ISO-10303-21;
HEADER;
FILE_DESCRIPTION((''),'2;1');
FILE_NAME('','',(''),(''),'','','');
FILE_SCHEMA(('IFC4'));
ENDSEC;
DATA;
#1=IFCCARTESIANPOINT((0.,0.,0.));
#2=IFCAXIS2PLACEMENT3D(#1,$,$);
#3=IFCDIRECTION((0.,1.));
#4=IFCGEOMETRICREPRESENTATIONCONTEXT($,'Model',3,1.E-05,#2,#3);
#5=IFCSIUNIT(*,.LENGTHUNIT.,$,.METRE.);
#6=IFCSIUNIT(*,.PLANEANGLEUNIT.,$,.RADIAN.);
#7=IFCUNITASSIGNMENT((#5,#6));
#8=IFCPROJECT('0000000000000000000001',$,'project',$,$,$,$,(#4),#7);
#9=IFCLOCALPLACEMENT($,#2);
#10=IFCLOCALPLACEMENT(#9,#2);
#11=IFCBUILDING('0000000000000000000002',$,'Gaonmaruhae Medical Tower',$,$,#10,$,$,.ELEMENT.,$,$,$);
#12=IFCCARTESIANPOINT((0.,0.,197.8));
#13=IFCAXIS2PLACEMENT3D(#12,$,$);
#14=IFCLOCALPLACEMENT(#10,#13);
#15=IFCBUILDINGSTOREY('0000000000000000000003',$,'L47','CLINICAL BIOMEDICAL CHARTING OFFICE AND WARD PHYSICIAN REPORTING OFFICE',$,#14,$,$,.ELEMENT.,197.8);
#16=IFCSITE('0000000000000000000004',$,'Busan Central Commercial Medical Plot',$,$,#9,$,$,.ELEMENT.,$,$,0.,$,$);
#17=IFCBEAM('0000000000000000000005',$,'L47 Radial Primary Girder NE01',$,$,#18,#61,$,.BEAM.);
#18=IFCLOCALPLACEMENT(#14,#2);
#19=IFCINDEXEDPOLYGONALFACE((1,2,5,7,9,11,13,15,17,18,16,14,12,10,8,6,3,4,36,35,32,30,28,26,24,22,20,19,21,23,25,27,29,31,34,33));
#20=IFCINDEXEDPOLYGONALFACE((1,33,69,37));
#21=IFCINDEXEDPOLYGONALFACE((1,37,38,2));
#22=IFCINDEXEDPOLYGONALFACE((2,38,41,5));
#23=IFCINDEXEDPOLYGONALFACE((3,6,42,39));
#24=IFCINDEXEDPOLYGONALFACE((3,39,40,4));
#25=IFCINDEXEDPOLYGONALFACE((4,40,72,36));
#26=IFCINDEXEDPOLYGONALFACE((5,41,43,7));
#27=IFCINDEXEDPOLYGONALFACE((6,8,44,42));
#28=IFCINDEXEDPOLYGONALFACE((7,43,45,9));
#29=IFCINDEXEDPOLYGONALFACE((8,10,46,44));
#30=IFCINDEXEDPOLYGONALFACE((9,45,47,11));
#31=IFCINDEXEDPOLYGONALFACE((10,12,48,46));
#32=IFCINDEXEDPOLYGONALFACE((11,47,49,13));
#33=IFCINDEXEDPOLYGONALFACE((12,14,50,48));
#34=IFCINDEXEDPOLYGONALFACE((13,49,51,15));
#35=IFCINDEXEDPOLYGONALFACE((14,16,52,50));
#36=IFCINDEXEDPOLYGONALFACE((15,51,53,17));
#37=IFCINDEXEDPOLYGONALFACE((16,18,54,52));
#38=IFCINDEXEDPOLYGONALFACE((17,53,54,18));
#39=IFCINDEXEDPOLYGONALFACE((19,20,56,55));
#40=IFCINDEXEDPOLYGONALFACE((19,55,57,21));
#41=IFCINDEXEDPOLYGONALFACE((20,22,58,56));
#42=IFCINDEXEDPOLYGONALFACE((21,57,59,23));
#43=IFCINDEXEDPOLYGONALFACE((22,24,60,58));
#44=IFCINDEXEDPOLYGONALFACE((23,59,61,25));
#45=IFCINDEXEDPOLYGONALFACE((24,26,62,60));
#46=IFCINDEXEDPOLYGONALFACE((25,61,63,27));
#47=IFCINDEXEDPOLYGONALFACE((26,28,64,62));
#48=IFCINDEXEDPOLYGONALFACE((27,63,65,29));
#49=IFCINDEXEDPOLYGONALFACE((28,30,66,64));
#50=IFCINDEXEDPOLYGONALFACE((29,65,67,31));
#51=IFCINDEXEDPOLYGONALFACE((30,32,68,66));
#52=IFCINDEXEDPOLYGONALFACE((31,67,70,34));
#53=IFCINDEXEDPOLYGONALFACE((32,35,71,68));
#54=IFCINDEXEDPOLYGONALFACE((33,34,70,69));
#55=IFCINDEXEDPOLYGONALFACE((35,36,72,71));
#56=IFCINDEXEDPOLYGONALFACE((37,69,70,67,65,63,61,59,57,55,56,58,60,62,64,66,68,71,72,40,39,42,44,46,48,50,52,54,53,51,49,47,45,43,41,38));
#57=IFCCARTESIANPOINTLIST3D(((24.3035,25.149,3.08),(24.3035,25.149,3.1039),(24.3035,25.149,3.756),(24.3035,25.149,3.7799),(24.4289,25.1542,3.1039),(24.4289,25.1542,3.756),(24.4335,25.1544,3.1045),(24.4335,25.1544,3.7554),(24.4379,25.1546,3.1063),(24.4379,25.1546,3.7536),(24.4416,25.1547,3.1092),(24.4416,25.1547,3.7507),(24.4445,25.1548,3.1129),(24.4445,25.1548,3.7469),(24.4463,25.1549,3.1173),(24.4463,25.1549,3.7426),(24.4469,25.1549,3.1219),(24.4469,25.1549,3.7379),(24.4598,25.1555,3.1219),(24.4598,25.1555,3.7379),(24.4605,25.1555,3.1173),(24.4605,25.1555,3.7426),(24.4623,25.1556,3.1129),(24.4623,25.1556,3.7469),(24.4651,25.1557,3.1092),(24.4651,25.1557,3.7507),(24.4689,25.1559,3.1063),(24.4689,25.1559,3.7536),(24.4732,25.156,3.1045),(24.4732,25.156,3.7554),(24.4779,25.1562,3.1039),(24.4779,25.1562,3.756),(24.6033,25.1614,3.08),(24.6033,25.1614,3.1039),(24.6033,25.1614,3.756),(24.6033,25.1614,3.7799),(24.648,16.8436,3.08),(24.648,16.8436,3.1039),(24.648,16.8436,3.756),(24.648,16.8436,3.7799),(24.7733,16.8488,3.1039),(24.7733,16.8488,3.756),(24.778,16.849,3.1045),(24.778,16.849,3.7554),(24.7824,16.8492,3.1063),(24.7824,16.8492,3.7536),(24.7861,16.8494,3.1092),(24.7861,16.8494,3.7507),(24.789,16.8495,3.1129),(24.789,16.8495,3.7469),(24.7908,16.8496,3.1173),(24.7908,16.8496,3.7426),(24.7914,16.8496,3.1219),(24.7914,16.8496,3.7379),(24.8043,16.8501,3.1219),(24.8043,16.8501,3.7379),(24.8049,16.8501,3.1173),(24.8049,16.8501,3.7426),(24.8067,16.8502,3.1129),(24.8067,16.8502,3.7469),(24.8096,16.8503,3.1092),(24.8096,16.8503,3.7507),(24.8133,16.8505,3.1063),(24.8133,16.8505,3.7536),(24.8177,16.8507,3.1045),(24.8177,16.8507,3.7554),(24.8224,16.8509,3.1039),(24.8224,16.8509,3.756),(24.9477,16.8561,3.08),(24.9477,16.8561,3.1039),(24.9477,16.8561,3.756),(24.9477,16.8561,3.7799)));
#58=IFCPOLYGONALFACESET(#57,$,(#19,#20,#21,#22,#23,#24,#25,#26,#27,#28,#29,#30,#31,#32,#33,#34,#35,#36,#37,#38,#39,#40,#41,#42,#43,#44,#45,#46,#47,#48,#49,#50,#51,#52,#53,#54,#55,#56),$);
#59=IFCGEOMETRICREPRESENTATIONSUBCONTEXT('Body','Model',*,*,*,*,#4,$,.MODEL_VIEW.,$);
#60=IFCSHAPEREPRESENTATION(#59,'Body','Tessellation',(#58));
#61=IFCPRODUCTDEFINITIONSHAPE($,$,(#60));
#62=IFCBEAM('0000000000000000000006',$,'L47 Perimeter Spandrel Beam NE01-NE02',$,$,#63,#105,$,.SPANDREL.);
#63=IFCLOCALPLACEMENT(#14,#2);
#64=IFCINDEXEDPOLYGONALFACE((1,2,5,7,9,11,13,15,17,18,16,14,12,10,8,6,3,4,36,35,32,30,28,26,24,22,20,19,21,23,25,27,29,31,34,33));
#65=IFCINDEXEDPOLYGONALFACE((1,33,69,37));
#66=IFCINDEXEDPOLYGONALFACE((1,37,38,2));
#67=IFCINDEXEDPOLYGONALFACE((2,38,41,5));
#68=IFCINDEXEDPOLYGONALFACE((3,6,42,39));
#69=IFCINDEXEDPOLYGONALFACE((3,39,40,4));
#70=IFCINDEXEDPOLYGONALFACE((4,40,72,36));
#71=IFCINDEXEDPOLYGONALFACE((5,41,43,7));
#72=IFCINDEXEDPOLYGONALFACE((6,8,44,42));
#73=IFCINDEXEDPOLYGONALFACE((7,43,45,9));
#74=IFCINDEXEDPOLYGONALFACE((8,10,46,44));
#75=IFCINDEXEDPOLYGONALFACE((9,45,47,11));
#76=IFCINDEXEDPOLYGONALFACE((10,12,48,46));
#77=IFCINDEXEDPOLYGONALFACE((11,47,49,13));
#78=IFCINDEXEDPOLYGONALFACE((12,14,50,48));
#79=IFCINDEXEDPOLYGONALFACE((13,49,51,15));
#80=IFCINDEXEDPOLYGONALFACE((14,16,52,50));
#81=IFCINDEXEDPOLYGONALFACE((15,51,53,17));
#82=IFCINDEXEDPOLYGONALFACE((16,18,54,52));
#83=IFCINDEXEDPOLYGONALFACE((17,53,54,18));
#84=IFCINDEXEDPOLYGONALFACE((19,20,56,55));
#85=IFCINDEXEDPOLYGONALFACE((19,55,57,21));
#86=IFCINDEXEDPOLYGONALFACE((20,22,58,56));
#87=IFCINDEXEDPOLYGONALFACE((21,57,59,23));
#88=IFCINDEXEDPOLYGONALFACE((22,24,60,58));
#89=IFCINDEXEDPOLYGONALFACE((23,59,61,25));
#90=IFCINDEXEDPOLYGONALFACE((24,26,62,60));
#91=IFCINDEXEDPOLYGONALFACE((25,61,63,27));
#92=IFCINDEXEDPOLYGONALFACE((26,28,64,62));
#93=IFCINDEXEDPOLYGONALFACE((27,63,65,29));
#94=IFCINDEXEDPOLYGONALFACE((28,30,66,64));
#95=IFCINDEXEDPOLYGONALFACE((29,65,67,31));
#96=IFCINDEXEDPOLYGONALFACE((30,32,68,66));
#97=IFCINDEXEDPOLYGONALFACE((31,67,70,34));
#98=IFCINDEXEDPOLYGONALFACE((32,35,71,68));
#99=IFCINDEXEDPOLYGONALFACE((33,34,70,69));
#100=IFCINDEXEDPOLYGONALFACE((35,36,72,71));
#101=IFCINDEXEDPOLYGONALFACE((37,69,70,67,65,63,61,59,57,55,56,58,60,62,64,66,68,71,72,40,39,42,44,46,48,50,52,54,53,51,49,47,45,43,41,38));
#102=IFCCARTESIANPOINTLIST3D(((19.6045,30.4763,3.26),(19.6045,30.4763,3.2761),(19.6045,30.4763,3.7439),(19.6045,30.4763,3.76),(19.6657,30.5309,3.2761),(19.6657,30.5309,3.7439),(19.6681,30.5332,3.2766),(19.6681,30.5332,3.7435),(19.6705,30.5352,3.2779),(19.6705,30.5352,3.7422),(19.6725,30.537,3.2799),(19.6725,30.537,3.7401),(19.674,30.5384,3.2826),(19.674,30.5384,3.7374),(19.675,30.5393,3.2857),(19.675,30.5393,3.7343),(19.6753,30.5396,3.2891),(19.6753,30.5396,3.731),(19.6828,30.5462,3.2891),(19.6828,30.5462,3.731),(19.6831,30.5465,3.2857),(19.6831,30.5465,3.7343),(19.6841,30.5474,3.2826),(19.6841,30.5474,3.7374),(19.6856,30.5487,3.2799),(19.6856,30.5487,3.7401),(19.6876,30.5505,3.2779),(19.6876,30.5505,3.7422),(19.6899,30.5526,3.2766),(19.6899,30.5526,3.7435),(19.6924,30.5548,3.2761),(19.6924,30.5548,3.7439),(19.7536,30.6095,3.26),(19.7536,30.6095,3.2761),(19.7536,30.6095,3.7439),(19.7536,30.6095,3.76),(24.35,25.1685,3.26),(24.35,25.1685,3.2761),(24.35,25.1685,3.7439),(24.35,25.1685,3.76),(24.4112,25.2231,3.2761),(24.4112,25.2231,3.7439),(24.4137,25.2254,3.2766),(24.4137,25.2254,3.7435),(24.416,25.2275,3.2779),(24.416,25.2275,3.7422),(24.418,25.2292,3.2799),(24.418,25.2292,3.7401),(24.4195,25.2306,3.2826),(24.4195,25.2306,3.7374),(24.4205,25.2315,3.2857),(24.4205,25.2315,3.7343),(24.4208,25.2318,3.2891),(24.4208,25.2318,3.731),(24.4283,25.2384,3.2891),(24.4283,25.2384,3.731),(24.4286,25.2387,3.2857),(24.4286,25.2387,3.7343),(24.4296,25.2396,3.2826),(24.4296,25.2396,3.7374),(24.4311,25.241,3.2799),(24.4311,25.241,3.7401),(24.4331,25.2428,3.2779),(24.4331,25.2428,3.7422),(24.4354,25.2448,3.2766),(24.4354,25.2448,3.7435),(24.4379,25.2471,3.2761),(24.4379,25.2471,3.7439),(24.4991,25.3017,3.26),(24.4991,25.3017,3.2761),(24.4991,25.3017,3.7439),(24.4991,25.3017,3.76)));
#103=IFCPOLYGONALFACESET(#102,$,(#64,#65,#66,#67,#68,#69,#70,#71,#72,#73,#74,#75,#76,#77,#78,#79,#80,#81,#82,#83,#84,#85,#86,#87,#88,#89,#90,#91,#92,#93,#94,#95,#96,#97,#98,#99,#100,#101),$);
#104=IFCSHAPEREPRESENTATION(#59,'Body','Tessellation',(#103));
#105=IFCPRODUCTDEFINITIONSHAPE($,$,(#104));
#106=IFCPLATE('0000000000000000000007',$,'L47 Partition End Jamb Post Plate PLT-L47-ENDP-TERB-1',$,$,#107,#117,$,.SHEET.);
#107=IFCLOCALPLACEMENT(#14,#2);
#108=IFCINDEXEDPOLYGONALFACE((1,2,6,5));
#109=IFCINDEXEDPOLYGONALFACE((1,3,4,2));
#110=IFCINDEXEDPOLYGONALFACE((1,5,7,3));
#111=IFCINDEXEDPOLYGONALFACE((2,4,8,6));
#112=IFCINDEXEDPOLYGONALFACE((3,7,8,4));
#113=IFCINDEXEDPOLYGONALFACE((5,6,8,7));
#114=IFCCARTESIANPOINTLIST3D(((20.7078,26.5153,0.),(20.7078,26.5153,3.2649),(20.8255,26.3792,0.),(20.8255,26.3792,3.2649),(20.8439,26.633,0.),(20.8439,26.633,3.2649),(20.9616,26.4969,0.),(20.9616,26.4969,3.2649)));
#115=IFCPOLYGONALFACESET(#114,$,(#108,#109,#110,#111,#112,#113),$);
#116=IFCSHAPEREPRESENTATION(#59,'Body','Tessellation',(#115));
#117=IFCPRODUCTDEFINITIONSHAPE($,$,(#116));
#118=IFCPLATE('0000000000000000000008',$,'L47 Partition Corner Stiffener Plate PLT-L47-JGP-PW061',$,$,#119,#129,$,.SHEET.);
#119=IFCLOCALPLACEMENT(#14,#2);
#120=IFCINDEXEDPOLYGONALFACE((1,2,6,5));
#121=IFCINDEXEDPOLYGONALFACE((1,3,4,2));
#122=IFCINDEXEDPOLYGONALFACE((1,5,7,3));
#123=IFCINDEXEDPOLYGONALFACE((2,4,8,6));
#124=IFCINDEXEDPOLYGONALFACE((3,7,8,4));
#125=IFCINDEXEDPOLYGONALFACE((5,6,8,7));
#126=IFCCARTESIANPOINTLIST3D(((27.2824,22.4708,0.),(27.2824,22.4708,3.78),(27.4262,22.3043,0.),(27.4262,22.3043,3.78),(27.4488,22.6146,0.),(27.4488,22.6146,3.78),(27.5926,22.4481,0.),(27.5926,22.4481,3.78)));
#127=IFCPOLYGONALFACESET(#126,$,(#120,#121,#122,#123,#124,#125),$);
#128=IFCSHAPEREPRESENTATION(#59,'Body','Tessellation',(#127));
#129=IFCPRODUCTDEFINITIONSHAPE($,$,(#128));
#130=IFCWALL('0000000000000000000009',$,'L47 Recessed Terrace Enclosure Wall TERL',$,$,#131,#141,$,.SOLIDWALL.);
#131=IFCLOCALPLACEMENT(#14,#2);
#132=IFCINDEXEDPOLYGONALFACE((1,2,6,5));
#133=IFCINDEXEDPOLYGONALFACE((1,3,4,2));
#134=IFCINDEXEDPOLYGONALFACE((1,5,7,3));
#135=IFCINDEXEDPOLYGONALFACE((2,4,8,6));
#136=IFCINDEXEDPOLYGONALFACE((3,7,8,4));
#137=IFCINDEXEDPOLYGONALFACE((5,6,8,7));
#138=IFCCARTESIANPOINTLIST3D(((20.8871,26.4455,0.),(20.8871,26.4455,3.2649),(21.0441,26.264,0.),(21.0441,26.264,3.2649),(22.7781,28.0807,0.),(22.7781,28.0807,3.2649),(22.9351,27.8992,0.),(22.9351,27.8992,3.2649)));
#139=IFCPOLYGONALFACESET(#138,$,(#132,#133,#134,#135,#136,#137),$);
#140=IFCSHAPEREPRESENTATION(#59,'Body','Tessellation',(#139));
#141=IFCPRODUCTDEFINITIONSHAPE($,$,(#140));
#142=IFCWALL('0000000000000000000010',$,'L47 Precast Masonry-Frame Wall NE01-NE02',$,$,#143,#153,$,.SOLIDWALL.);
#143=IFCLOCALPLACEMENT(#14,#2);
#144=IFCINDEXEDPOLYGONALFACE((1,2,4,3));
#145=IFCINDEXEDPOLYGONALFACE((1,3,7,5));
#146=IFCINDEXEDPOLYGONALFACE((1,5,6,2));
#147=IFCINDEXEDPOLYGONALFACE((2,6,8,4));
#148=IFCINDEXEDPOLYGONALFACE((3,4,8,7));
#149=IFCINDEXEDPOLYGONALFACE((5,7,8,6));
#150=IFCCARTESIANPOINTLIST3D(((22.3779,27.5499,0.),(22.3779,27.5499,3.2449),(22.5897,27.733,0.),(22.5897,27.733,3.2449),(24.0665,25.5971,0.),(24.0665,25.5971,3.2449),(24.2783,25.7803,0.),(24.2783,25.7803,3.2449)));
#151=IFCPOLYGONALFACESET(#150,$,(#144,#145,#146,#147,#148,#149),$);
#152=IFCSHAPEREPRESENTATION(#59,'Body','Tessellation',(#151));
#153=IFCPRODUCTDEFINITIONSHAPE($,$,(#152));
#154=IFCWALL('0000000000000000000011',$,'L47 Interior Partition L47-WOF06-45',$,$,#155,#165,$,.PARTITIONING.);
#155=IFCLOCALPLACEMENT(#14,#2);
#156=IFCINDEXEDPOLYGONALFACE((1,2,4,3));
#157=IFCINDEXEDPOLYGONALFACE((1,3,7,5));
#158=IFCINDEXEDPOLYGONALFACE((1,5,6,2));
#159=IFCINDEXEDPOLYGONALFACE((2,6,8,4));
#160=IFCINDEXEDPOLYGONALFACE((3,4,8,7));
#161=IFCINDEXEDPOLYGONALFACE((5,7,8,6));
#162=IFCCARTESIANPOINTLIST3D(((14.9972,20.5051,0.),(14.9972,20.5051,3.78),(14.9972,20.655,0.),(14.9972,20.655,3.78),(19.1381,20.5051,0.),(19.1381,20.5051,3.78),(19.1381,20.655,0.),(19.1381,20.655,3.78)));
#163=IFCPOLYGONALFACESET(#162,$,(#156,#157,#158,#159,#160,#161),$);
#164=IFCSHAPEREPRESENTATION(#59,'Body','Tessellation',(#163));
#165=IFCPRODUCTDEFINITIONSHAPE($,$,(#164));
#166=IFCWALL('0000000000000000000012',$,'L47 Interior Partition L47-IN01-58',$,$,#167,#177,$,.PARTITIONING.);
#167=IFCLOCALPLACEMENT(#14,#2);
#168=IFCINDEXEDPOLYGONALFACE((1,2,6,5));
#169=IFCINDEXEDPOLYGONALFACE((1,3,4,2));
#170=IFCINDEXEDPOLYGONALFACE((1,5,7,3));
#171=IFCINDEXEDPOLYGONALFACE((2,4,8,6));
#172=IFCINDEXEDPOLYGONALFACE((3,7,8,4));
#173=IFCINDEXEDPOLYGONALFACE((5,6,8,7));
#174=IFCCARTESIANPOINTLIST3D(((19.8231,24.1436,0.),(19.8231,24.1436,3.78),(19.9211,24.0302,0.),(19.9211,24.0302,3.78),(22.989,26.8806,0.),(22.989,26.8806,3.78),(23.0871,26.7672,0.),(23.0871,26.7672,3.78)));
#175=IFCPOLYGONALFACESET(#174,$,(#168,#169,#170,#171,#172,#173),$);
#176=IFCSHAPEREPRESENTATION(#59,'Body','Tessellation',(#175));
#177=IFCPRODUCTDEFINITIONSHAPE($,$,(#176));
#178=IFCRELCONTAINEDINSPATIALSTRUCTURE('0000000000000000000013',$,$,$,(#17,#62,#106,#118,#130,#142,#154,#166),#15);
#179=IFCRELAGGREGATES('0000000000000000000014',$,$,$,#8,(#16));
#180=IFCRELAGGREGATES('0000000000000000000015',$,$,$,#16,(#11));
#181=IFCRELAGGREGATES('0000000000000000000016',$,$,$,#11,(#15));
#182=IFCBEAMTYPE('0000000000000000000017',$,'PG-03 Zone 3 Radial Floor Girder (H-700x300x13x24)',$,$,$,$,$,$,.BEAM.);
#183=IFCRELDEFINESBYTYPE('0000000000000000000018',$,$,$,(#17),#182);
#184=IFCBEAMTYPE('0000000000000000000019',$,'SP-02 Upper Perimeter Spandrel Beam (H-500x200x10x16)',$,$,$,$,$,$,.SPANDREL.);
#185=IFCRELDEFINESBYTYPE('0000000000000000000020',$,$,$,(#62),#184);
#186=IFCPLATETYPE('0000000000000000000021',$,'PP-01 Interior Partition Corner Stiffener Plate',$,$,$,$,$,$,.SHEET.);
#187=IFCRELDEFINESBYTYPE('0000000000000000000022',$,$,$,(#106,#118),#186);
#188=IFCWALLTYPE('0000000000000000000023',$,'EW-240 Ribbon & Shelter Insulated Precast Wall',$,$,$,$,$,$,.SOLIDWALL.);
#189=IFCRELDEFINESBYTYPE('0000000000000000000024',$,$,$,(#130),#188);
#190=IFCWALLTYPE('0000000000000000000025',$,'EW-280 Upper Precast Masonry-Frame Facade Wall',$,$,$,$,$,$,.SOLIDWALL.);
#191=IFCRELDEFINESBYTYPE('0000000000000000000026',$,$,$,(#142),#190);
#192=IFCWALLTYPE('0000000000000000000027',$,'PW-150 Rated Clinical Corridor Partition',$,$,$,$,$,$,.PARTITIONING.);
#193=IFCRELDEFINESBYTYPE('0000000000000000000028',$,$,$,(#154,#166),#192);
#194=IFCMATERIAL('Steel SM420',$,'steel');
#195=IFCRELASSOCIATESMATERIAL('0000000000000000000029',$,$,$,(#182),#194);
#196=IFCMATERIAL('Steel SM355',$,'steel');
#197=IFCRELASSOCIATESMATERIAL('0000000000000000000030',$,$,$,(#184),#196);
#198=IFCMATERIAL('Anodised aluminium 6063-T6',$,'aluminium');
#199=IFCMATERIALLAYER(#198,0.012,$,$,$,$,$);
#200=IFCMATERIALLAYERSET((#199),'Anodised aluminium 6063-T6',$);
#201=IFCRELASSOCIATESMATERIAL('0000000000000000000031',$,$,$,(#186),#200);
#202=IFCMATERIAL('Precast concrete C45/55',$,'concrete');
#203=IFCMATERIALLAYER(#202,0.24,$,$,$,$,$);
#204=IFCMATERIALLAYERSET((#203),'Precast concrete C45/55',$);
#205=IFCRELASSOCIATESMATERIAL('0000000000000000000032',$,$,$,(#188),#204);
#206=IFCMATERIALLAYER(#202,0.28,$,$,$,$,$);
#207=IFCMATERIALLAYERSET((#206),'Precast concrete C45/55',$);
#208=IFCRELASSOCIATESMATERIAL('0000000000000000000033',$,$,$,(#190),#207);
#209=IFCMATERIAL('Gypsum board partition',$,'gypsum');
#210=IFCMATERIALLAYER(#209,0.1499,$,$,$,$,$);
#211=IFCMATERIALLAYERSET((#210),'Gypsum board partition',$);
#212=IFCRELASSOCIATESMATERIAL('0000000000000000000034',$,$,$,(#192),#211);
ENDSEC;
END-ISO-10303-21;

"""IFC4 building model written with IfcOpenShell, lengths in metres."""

from ifc_helpers import new_model, si_unit, direction, frame, frame_2d, origin, origin_2d, place, context, subcontext, project, spatial, rectangle, i_section, extrude, material, layer, layer_set, material_profile, profile_set, type_object, element, save


model = new_model("IFC4")

# Units and contexts
model_context = context("Model", 3, precision=1e-05, world=origin(), true_north=direction((0.0, 1.0)))
body_context = subcontext(model_context, "Body", "Model", "MODEL_VIEW")
ifc_project = project(units=[si_unit("LENGTHUNIT", "METRE"), si_unit("PLANEANGLEUNIT", "RADIAN")], contexts=[model_context])

# Site, building, storey
site_placement = place(None, origin())
site = spatial("IfcSite", under=ifc_project, at=site_placement, Name="Busan Central Commercial Medical Plot", CompositionType="ELEMENT", RefElevation=0.0)
building_placement = place(site_placement, origin())
building = spatial("IfcBuilding", under=site, at=building_placement, Name="Gaonmaruhae Medical Tower", CompositionType="ELEMENT")
storey_placement = place(building_placement, frame((0.0, 0.0, 197.8)))
storey = spatial("IfcBuildingStorey", under=building, at=storey_placement, Name="L47", Description="CLINICAL BIOMEDICAL CHARTING OFFICE AND WARD PHYSICIAN REPORTING OFFICE", CompositionType="ELEMENT", Elevation=197.8)

# Beams
ifc_material_1 = material(Name="Steel SM355", Category="steel")
ifc_material_2 = material(Name="Steel SM420", Category="steel")
ifc_material_profile_1 = material_profile(ifc_material_2, i_section(OverallWidth=0.3, OverallDepth=0.7, WebThickness=0.0129, FlangeThickness=0.0239, FilletRadius=0.0181, at=origin_2d()), Name="H-700x300x13x24")
ifc_profile_set_1 = profile_set([ifc_material_profile_1], Name="Steel SM420")
beam_type_1 = type_object("IfcBeamType", Name="PG-03 Zone 3 Radial Floor Girder (H-700x300x13x24)", PredefinedType="BEAM", material=ifc_profile_set_1)
beam_1_placement = place(storey_placement, frame((24.7979, 16.8499, 3.4299), z_axis=(-0.041441, 0.999141, 0.0), x_axis=(-0.999141, -0.041441, 0.0)))
element("IfcBeam", 1, at=beam_1_placement, inside=storey, type_object=beam_type_1, Name="L47 Radial Primary Girder NE01", PredefinedType="BEAM", context=body_context, shape_type="SweptSolid", body=[
    extrude(i_section(OverallWidth=0.3, OverallDepth=0.7, WebThickness=0.0129, FlangeThickness=0.0239, FilletRadius=0.0181, at=origin_2d()), origin(), (0.0, 0.0, 1.0), 8.3125),
])
ifc_material_profile_2 = material_profile(ifc_material_1, i_section(OverallWidth=0.2, OverallDepth=0.5, WebThickness=0.01, FlangeThickness=0.0161, FilletRadius=0.0129, at=origin_2d()), Name="H-500x200x10x16")
ifc_profile_set_2 = profile_set([ifc_material_profile_2], Name="Steel SM355")
beam_type_2 = type_object("IfcBeamType", Name="SP-02 Upper Perimeter Spandrel Beam (H-500x200x10x16)", PredefinedType="SPANDREL", material=ifc_profile_set_2)
beam_2_placement = place(storey_placement, frame((24.4246, 25.2351, 3.51), z_axis=(-0.666519, 0.745488, 0.0), x_axis=(-0.745488, -0.666519, 0.0)))
element("IfcBeam", 2, at=beam_2_placement, inside=storey, type_object=beam_type_2, Name="L47 Perimeter Spandrel Beam NE01-NE02", PredefinedType="SPANDREL", context=body_context, shape_type="SweptSolid", body=[
    extrude(i_section(OverallWidth=0.2, OverallDepth=0.5, WebThickness=0.01, FlangeThickness=0.0161, FilletRadius=0.0129, at=origin_2d()), origin(), (0.0, 0.0, 1.0), 7.1199),
])

# Plates
ifc_material_3 = material(Name="Anodised aluminium 6063-T6", Category="aluminium")
ifc_layer_1 = layer(ifc_material_3, 0.012)
ifc_layer_set_1 = layer_set([ifc_layer_1], Name="Anodised aluminium 6063-T6")
plate_type = type_object("IfcPlateType", Name="PP-01 Interior Partition Corner Stiffener Plate", PredefinedType="SHEET", material=ifc_layer_set_1)
plate_1_placement = place(storey_placement, frame((20.8347, 26.5061, 0.0), z_axis=(0.0, 0.0, 1.0), x_axis=(0.654081, -0.756425, 0.0)))
element("IfcPlate", 3, at=plate_1_placement, inside=storey, type_object=plate_type, Name="L47 Partition End Jamb Post Plate PLT-L47-ENDP-TERB-1", PredefinedType="SHEET", context=body_context, shape_type="SweptSolid", body=[
    extrude(rectangle(XDim=0.1799, YDim=0.1799, at=origin_2d()), origin(), (0.0, 0.0, 1.0), 3.2649),
])
plate_2_placement = place(storey_placement, frame((27.4375, 22.4595, 0.0), z_axis=(0.0, 0.0, 1.0), x_axis=(-0.756778, -0.653672, 0.0)))
element("IfcPlate", 4, at=plate_2_placement, inside=storey, type_object=plate_type, Name="L47 Partition Corner Stiffener Plate PLT-L47-JGP-PW061", PredefinedType="SHEET", context=body_context, shape_type="SweptSolid", body=[
    extrude(rectangle(XDim=0.22, YDim=0.22, at=origin_2d()), origin(), (0.0, 0.0, 1.0), 3.78),
])

# Walls
ifc_material_4 = material(Name="Precast concrete C45/55", Category="concrete")
ifc_layer_2 = layer(ifc_material_4, 0.24)
ifc_layer_set_2 = layer_set([ifc_layer_2], Name="Precast concrete C45/55")
wall_type_1 = type_object("IfcWallType", Name="EW-240 Ribbon & Shelter Insulated Precast Wall", PredefinedType="SOLIDWALL", material=ifc_layer_set_2)
wall_1_placement = place(storey_placement, frame((20.9656, 26.3547, 0.0), z_axis=(0.0, 0.0, 1.0), x_axis=(0.756423, 0.654082, 0.0)))
element("IfcWall", 5, at=wall_1_placement, inside=storey, type_object=wall_type_1, Name="L47 Recessed Terrace Enclosure Wall TERL", PredefinedType="SOLIDWALL", context=body_context, shape_type="SweptSolid", body=[
    extrude(rectangle(XDim=2.5, YDim=0.24, at=frame_2d((1.25, 0.0))), origin(), (0.0, 0.0, 1.0), 3.2649),
])
ifc_layer_3 = layer(ifc_material_4, 0.28)
ifc_layer_set_3 = layer_set([ifc_layer_3], Name="Precast concrete C45/55")
wall_type_2 = type_object("IfcWallType", Name="EW-280 Upper Precast Masonry-Frame Facade Wall", PredefinedType="SOLIDWALL", material=ifc_layer_set_3)
wall_2_placement = place(storey_placement, frame((24.1724, 25.6887, 0.0), z_axis=(0.0, 0.0, 1.0), x_axis=(-0.654088, 0.756419, 0.0)))
element("IfcWall", 6, at=wall_2_placement, inside=storey, type_object=wall_type_2, Name="L47 Precast Masonry-Frame Wall NE01-NE02", PredefinedType="SOLIDWALL", context=body_context, shape_type="SweptSolid", body=[
    extrude(rectangle(XDim=2.5815, YDim=0.28, at=frame_2d((1.2908, 0.0))), origin(), (0.0, 0.0, 1.0), 3.2449),
])
ifc_material_5 = material(Name="Gypsum board partition", Category="gypsum")
ifc_layer_4 = layer(ifc_material_5, 0.1499)
ifc_layer_set_4 = layer_set([ifc_layer_4], Name="Gypsum board partition")
wall_type_3 = type_object("IfcWallType", Name="PW-150 Rated Clinical Corridor Partition", PredefinedType="PARTITIONING", material=ifc_layer_set_4)
wall_3_placement = place(storey_placement, frame((19.1379, 20.5801, 0.0), z_axis=(0.0, 0.0, 1.0), x_axis=(-1.0, 0.0, 0.0)))
element("IfcWall", 7, at=wall_3_placement, inside=storey, type_object=wall_type_3, Name="L47 Interior Partition L47-WOF06-45", PredefinedType="PARTITIONING", context=body_context, shape_type="SweptSolid", body=[
    extrude(rectangle(XDim=4.1409, YDim=0.1499, at=frame_2d((2.0703, 0.0))), origin(), (0.0, 0.0, 1.0), 3.78),
])
wall_4_placement = place(storey_placement, frame((19.8721, 24.0869, 0.0), z_axis=(0.0, 0.0, 1.0), x_axis=(0.756495, 0.653999, 0.0)))
element("IfcWall", 8, at=wall_4_placement, inside=storey, type_object=wall_type_3, Name="L47 Interior Partition L47-IN01-58", PredefinedType="PARTITIONING", context=body_context, shape_type="SweptSolid", body=[
    extrude(rectangle(XDim=4.1851, YDim=0.1499, at=frame_2d((2.0925, 0.0))), origin(), (0.0, 0.0, 1.0), 3.78),
])

save(model, "model.ifc")
